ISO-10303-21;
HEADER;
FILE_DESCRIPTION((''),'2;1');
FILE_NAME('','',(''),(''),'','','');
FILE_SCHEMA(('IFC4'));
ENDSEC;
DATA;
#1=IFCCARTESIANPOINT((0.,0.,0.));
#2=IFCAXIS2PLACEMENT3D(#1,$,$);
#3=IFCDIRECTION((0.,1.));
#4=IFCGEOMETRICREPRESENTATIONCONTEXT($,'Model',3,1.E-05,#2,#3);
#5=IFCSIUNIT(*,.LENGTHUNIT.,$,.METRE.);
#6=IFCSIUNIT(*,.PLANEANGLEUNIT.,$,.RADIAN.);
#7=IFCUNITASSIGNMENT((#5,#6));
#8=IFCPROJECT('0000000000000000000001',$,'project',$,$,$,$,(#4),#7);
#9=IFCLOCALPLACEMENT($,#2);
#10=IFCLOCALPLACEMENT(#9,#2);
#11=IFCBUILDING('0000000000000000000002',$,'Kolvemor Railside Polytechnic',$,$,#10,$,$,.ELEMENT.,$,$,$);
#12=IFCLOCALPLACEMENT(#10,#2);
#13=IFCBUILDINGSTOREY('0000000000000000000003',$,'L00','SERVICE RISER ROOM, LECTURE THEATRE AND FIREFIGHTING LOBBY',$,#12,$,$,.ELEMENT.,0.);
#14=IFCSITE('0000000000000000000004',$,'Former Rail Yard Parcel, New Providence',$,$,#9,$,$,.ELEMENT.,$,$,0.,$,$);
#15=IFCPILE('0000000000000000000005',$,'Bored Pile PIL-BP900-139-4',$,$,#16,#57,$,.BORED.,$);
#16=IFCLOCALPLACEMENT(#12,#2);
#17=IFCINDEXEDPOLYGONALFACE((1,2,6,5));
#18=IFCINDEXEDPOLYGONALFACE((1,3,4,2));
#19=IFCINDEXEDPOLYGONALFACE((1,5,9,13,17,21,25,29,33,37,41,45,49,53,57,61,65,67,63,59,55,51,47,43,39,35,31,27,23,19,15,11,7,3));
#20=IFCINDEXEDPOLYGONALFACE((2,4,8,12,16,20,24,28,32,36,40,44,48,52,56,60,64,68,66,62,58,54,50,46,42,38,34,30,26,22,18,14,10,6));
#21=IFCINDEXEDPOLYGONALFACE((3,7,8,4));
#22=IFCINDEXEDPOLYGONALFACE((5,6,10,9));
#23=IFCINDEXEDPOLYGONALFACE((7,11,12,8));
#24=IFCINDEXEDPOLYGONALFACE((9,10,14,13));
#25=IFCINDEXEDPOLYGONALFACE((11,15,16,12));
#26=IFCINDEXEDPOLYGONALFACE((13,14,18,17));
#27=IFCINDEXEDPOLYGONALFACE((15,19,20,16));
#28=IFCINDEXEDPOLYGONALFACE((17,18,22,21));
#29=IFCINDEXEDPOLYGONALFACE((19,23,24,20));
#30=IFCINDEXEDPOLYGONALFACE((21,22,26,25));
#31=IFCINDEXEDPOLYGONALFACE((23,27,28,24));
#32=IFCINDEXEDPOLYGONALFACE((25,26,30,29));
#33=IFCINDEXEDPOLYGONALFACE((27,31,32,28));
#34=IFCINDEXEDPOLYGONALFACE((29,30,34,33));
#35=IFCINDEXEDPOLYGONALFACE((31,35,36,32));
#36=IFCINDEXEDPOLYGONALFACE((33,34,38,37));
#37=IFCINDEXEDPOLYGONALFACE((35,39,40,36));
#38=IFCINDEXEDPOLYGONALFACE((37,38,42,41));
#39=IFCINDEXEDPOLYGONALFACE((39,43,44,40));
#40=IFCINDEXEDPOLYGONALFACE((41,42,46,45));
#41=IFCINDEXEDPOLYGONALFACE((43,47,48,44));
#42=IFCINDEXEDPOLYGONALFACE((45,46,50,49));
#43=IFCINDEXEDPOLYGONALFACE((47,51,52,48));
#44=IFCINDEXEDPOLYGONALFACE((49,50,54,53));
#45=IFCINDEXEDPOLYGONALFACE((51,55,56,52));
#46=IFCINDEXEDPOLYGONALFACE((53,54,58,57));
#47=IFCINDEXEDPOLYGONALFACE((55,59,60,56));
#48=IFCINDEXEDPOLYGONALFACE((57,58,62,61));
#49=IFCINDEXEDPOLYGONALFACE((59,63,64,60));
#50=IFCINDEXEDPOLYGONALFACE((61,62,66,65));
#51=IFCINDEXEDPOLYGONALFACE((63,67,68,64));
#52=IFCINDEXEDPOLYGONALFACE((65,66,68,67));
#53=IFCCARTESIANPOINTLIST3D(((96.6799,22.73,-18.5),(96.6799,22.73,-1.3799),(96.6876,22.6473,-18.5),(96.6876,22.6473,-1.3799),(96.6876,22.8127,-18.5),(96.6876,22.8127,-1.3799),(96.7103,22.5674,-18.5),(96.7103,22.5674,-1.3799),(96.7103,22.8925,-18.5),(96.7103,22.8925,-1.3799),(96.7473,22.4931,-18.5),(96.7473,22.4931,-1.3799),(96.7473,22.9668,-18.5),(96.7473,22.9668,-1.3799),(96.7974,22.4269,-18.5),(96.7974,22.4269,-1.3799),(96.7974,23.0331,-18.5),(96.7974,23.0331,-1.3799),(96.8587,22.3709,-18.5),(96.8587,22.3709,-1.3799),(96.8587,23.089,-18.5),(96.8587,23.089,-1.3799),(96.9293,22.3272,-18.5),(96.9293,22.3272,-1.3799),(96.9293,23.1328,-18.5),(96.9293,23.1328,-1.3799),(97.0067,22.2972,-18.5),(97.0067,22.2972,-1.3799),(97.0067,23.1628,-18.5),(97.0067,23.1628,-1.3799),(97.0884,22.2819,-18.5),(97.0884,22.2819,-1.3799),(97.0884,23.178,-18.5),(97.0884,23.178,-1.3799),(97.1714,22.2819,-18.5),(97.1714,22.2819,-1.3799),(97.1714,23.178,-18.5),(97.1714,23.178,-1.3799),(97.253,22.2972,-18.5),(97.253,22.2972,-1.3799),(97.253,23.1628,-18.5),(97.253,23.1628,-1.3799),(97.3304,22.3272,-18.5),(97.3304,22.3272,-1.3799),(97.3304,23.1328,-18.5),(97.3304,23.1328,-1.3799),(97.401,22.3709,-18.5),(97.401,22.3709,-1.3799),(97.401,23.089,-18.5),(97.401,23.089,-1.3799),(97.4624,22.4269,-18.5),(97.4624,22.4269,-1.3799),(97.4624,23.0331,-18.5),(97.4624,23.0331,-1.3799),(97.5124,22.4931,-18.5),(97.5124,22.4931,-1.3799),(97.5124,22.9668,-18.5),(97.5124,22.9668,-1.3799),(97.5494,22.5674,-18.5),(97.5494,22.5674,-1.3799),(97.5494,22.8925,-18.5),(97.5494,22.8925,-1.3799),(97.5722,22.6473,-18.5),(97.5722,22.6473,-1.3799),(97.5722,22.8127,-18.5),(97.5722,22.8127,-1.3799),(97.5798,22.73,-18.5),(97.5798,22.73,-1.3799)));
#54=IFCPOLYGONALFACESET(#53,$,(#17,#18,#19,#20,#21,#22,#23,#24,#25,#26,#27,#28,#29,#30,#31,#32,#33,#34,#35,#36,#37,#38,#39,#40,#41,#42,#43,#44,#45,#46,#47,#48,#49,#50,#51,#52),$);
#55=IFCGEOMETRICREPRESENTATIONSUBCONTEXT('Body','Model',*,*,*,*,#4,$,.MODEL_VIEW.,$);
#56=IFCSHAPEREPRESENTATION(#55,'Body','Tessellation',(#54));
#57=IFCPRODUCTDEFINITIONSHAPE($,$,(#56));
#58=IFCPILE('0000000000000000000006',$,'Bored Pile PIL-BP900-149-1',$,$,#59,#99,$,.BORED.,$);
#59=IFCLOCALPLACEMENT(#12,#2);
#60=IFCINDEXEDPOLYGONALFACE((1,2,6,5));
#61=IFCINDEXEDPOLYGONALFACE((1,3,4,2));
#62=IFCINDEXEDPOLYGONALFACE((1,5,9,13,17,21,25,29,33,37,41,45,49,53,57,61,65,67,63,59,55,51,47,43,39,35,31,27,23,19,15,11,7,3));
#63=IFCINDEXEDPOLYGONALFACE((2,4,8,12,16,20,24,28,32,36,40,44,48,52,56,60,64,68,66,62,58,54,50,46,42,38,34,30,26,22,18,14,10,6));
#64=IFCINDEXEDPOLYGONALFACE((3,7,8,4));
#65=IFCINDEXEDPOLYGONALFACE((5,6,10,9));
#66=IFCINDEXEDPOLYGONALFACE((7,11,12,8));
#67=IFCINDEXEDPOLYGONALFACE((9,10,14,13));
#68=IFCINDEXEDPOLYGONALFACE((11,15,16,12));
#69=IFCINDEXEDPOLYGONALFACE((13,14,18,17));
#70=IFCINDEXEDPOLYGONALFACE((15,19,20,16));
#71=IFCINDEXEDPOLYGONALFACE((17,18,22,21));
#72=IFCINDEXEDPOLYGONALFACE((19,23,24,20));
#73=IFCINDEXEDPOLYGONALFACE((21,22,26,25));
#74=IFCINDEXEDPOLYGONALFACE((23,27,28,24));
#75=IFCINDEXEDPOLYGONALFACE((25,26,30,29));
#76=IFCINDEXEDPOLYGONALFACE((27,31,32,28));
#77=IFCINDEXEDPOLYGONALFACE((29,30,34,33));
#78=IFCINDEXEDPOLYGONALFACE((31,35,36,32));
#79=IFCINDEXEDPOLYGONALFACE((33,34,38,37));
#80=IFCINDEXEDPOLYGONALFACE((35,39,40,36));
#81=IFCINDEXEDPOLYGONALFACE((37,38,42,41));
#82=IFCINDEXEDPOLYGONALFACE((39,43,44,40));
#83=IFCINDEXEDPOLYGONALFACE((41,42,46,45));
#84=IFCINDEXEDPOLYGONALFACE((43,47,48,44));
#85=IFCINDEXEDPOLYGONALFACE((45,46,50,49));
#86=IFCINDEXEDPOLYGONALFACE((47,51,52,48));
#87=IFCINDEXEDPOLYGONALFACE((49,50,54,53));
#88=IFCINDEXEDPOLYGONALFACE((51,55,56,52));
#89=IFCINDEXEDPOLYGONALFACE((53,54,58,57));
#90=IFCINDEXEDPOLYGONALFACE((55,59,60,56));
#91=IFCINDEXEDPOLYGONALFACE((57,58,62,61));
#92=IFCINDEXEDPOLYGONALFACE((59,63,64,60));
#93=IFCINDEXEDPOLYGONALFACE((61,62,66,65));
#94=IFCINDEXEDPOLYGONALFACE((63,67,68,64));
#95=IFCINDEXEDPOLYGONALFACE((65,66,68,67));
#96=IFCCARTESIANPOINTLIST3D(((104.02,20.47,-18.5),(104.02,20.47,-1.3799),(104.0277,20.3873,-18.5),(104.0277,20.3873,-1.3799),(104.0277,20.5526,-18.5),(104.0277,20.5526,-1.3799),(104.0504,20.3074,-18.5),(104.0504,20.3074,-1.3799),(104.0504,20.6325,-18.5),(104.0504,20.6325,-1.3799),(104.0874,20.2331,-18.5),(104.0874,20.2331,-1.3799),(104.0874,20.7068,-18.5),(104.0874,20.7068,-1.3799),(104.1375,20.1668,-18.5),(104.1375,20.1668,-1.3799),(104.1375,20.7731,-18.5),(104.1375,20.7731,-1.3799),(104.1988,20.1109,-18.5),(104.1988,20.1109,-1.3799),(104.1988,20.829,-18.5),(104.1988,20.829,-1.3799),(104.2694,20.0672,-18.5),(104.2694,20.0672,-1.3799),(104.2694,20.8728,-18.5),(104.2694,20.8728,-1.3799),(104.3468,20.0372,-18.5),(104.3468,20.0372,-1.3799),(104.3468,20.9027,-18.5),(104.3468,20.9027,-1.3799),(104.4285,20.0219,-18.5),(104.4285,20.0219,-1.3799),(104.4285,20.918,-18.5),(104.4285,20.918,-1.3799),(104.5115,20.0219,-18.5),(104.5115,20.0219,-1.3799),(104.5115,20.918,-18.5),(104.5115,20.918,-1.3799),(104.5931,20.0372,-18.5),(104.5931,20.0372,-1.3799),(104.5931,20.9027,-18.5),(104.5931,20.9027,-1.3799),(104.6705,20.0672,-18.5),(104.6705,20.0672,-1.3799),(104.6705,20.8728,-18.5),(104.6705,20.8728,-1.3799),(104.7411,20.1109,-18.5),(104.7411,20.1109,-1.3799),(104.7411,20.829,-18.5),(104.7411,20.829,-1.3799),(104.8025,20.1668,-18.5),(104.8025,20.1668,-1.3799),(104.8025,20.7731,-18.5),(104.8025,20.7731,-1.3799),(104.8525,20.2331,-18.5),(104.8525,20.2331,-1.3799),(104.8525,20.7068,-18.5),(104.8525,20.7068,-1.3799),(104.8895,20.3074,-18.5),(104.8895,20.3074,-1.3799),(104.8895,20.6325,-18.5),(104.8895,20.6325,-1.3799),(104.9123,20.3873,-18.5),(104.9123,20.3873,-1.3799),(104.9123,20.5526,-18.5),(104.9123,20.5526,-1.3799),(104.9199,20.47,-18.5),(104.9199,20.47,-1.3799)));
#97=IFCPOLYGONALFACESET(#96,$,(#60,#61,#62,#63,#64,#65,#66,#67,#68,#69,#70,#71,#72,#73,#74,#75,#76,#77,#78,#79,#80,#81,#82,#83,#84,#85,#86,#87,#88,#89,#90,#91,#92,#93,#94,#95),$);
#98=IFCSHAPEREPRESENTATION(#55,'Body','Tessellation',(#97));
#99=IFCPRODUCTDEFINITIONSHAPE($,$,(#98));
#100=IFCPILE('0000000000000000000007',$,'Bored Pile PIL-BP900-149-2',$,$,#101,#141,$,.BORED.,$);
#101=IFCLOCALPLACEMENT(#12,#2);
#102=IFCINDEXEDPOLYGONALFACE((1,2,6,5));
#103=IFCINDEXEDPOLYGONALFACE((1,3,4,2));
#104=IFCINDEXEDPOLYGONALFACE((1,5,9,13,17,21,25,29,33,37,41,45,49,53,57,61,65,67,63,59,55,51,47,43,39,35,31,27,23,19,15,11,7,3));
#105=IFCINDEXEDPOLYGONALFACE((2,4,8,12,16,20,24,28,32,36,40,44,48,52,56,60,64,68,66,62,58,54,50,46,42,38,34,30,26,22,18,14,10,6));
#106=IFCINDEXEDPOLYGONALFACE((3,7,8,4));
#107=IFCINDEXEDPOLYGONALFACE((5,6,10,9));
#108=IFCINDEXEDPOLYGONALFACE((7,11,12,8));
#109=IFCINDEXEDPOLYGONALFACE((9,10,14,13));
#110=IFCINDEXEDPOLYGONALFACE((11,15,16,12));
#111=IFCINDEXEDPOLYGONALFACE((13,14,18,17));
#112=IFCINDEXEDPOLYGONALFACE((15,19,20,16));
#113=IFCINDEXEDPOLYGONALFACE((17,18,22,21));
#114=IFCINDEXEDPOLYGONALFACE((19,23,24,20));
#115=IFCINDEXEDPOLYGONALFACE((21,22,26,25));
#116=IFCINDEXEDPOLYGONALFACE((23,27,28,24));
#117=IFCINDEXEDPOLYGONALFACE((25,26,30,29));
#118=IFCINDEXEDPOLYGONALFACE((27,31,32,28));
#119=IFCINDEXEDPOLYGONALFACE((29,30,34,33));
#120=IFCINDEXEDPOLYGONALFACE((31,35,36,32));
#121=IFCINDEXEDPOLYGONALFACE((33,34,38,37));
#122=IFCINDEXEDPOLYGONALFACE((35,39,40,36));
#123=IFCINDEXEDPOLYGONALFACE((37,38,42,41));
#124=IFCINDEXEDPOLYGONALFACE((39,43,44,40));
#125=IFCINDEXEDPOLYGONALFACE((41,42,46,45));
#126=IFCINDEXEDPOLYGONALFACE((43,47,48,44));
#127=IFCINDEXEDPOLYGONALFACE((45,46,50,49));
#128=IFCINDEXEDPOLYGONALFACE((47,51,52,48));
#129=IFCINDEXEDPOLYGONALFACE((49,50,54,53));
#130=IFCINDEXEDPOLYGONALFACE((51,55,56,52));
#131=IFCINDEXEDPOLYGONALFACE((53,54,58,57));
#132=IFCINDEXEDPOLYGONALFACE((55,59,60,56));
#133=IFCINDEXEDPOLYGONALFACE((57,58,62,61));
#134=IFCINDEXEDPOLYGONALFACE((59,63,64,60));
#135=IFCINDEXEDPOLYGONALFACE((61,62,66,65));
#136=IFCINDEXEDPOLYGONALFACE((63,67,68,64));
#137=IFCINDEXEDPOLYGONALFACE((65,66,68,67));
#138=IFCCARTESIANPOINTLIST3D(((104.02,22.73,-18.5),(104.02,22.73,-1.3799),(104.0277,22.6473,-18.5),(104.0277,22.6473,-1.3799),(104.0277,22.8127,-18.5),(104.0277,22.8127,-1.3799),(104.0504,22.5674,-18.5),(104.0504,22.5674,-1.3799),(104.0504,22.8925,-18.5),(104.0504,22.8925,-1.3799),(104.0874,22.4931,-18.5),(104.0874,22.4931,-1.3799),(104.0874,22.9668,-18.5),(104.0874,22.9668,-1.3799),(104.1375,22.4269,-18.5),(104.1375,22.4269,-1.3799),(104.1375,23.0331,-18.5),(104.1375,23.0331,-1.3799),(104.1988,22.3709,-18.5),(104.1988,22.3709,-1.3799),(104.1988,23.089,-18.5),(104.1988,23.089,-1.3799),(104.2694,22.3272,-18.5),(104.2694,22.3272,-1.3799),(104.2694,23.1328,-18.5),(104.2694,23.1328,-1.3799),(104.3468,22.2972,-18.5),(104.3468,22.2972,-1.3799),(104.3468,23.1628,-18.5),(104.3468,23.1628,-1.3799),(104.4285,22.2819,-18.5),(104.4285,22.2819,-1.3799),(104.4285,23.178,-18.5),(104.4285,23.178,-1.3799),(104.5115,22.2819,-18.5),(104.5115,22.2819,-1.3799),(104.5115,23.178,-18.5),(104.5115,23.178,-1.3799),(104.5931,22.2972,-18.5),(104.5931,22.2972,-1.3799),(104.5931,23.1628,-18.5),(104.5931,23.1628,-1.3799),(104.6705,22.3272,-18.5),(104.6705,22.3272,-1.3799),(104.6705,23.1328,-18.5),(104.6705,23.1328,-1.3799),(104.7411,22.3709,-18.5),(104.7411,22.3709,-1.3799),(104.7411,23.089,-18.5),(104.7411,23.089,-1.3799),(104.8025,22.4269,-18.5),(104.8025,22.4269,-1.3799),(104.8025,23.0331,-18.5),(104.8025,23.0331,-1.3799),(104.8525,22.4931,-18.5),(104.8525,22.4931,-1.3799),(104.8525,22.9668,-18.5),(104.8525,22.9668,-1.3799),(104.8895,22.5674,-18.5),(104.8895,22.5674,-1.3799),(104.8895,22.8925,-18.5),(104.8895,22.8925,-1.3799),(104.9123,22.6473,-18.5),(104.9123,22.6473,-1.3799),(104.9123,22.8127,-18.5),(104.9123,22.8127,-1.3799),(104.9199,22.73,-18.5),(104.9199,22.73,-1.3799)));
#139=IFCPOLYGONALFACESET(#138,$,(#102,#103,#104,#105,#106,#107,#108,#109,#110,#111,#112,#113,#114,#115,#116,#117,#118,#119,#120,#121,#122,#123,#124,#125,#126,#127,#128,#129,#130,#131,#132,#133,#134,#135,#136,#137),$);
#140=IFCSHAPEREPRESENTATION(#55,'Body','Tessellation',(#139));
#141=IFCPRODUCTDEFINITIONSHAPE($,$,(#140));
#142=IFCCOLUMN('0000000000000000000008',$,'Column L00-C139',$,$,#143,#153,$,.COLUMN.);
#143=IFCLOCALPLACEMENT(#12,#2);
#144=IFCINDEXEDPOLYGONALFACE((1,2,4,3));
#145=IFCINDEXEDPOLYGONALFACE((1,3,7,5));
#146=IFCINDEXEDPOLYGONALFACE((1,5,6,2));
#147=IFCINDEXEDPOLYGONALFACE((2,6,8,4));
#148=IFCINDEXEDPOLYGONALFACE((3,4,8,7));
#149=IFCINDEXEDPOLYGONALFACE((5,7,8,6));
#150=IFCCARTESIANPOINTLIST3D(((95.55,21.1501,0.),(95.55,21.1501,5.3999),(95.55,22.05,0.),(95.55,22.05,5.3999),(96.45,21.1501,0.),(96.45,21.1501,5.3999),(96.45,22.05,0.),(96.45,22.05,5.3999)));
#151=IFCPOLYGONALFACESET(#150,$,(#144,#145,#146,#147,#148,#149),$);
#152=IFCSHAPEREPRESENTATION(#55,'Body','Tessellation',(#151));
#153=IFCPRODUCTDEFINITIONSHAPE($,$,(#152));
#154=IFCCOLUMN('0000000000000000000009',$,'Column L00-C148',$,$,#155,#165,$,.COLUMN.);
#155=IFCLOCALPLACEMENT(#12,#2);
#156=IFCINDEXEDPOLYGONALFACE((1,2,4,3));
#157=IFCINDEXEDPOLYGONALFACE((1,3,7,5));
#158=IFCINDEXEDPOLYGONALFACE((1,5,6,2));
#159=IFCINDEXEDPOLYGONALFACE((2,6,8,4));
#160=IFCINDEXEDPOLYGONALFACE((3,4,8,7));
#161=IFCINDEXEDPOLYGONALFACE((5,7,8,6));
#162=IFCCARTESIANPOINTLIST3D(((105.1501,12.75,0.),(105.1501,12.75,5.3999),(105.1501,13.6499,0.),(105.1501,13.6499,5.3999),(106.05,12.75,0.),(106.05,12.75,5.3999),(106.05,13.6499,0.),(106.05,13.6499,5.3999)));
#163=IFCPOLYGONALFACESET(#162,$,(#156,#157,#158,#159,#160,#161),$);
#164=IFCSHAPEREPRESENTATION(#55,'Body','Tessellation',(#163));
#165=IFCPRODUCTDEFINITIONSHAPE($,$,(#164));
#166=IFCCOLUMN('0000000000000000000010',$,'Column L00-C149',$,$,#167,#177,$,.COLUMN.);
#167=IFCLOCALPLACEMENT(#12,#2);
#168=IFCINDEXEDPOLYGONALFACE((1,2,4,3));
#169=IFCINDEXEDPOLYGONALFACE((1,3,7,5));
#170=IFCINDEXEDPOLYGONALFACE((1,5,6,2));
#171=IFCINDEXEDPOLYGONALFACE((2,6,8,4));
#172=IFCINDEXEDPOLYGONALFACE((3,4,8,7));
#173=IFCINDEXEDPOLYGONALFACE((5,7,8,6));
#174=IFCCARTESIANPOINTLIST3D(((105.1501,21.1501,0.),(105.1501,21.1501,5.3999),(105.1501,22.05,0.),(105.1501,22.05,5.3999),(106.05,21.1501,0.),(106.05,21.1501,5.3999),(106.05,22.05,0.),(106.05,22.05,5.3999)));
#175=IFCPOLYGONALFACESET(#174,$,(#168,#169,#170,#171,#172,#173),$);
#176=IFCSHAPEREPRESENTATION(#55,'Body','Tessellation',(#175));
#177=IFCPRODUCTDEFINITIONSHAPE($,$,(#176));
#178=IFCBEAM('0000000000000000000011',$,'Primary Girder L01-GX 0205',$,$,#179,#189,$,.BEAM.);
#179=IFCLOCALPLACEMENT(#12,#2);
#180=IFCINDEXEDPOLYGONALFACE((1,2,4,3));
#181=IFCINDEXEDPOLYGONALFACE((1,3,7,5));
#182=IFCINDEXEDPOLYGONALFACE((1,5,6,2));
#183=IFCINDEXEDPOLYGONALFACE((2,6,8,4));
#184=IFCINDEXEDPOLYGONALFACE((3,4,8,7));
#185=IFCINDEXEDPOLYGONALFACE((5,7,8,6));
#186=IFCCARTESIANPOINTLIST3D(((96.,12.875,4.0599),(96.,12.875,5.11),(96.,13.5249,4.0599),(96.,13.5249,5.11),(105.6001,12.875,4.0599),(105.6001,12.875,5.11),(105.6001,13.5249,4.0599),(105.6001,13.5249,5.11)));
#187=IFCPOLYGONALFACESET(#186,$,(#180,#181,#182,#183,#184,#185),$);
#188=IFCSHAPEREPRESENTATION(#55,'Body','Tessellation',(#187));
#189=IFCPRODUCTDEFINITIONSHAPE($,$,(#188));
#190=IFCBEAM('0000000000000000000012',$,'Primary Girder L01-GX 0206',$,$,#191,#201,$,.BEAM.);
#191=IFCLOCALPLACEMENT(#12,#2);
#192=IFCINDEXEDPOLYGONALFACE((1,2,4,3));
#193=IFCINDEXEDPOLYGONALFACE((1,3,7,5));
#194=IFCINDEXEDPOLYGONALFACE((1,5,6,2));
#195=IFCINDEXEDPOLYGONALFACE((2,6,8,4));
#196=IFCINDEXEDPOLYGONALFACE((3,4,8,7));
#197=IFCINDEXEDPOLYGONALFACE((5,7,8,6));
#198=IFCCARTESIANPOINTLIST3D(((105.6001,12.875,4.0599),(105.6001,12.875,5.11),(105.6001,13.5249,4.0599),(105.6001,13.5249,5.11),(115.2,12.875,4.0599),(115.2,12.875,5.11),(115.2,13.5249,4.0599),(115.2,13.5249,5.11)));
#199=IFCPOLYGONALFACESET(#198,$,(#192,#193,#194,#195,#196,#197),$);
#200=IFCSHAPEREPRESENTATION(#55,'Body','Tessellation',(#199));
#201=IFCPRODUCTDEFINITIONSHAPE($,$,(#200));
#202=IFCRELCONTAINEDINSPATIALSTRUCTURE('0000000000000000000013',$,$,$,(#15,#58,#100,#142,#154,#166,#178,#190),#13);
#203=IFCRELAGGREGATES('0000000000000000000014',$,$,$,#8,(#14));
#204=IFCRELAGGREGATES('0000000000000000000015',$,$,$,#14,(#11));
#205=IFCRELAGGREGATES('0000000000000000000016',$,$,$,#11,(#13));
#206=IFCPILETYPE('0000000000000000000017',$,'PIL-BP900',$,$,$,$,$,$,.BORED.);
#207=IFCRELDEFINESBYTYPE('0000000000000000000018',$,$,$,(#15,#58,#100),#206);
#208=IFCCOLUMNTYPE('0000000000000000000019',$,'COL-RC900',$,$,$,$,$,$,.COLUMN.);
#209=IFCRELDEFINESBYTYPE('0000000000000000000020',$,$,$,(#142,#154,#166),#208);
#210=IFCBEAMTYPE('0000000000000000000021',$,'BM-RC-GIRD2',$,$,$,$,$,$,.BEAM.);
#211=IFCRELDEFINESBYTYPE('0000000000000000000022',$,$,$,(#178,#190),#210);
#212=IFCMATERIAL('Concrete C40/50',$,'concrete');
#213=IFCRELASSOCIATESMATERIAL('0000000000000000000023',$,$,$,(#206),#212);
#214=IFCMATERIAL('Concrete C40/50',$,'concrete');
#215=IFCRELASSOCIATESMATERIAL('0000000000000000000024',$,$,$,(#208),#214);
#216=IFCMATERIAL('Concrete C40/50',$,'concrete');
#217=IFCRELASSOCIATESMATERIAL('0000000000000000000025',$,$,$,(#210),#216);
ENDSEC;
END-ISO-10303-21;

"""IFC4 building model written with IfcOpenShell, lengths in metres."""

from ifc_helpers import new_model, si_unit, direction, frame, origin, origin_2d, place, context, subcontext, project, spatial, rectangle, circle, extrude, material, material_profile, profile_set, type_object, element, save


model = new_model("IFC4")

# Units and contexts
model_context = context("Model", 3, precision=1e-05, world=origin(), true_north=direction((0.0, 1.0)))
body_context = subcontext(model_context, "Body", "Model", "MODEL_VIEW")
ifc_project = project(units=[si_unit("LENGTHUNIT", "METRE"), si_unit("PLANEANGLEUNIT", "RADIAN")], contexts=[model_context])

# Site, building, storey
site_placement = place(None, origin())
site = spatial("IfcSite", under=ifc_project, at=site_placement, Name="Former Rail Yard Parcel, New Providence", CompositionType="ELEMENT", RefElevation=0.0)
building_placement = place(site_placement, origin())
building = spatial("IfcBuilding", under=site, at=building_placement, Name="Kolvemor Railside Polytechnic", CompositionType="ELEMENT")
storey_placement = place(building_placement, origin())
storey = spatial("IfcBuildingStorey", under=building, at=storey_placement, Name="L00", Description="SERVICE RISER ROOM, LECTURE THEATRE AND FIREFIGHTING LOBBY", CompositionType="ELEMENT", Elevation=0.0)

# Piles
ifc_material_1 = material(Name="Concrete C40/50", Category="concrete")
ifc_material_profile_1 = material_profile(ifc_material_1, circle(Radius=0.45, at=origin_2d()), Name="BP900")
ifc_profile_set_1 = profile_set([ifc_material_profile_1], Name="Concrete C40/50")
pile_type_1 = type_object("IfcPileType", Name="PIL-BP900", PredefinedType="BORED", material=ifc_profile_set_1)
for number, where, z_axis, x_axis, name in (
    (1, (97.1299, 22.73, -1.3799), (0.0, 0.0, -1.0), (1.0, 0.0, 0.0), "Bored Pile PIL-BP900-139-4"),
    (2, (104.47, 20.47, -1.3799), (0.0, 0.0, -1.0), (1.0, 0.0, 0.0), "Bored Pile PIL-BP900-149-1"),
    (3, (104.47, 22.73, -1.3799), (0.0, 0.0, -1.0), (1.0, 0.0, 0.0), "Bored Pile PIL-BP900-149-2"),
):
    element("IfcPile", number, at=place(storey_placement, frame(where, z_axis=z_axis, x_axis=x_axis)), inside=storey, type_object=pile_type_1, Name=name, PredefinedType="BORED", context=body_context, shape_type="SweptSolid", body=[
        extrude(circle(Radius=0.45, at=origin_2d()), origin(), (0.0, 0.0, 1.0), 17.1201),
    ])

# Columns
ifc_material_2 = material(Name="Concrete C40/50", Category="concrete")
ifc_material_profile_2 = material_profile(ifc_material_2, rectangle(XDim=0.8999, YDim=0.8999, at=origin_2d()), Name="RC900x900")
ifc_profile_set_2 = profile_set([ifc_material_profile_2], Name="Concrete C40/50")
column_type = type_object("IfcColumnType", Name="COL-RC900", PredefinedType="COLUMN", material=ifc_profile_set_2)
for number, where, z_axis, x_axis, name in (
    (4, (96.0, 21.6001, 0.0), (0.0, 0.0, 1.0), (1.0, 0.0, 0.0), "Column L00-C139"),
    (5, (105.6001, 13.2, 0.0), (0.0, 0.0, 1.0), (1.0, 0.0, 0.0), "Column L00-C148"),
    (6, (105.6001, 21.6001, 0.0), (0.0, 0.0, 1.0), (1.0, 0.0, 0.0), "Column L00-C149"),
):
    element("IfcColumn", number, at=place(storey_placement, frame(where, z_axis=z_axis, x_axis=x_axis)), inside=storey, type_object=column_type, Name=name, PredefinedType="COLUMN", context=body_context, shape_type="SweptSolid", body=[
        extrude(rectangle(XDim=0.8999, YDim=0.8999, at=origin_2d()), origin(), (0.0, 0.0, 1.0), 5.3999),
    ])

# Beams
ifc_material_3 = material(Name="Concrete C40/50", Category="concrete")
ifc_material_profile_3 = material_profile(ifc_material_3, rectangle(XDim=0.6499, YDim=1.05, at=origin_2d()), Name="RC650x1050")
ifc_profile_set_3 = profile_set([ifc_material_profile_3], Name="Concrete C40/50")
beam_type_1 = type_object("IfcBeamType", Name="BM-RC-GIRD2", PredefinedType="BEAM", material=ifc_profile_set_3)
beam_1_placement = place(storey_placement, frame((96.0, 13.2, 4.585), z_axis=(1.0, 0.0, 0.0), x_axis=(0.0, 1.0, 0.0)))
element("IfcBeam", 7, at=beam_1_placement, inside=storey, type_object=beam_type_1, Name="Primary Girder L01-GX 0205", PredefinedType="BEAM", context=body_context, shape_type="SweptSolid", body=[
    extrude(rectangle(XDim=0.6499, YDim=1.05, at=origin_2d()), origin(), (0.0, 0.0, 1.0), 9.6001),
])
beam_2_placement = place(storey_placement, frame((105.6001, 13.2, 4.585), z_axis=(1.0, 0.0, 0.0), x_axis=(0.0, 1.0, 0.0)))
element("IfcBeam", 8, at=beam_2_placement, inside=storey, type_object=beam_type_1, Name="Primary Girder L01-GX 0206", PredefinedType="BEAM", context=body_context, shape_type="SweptSolid", body=[
    extrude(rectangle(XDim=0.6499, YDim=1.05, at=origin_2d()), origin(), (0.0, 0.0, 1.0), 9.5999),
])

save(model, "model.ifc")
